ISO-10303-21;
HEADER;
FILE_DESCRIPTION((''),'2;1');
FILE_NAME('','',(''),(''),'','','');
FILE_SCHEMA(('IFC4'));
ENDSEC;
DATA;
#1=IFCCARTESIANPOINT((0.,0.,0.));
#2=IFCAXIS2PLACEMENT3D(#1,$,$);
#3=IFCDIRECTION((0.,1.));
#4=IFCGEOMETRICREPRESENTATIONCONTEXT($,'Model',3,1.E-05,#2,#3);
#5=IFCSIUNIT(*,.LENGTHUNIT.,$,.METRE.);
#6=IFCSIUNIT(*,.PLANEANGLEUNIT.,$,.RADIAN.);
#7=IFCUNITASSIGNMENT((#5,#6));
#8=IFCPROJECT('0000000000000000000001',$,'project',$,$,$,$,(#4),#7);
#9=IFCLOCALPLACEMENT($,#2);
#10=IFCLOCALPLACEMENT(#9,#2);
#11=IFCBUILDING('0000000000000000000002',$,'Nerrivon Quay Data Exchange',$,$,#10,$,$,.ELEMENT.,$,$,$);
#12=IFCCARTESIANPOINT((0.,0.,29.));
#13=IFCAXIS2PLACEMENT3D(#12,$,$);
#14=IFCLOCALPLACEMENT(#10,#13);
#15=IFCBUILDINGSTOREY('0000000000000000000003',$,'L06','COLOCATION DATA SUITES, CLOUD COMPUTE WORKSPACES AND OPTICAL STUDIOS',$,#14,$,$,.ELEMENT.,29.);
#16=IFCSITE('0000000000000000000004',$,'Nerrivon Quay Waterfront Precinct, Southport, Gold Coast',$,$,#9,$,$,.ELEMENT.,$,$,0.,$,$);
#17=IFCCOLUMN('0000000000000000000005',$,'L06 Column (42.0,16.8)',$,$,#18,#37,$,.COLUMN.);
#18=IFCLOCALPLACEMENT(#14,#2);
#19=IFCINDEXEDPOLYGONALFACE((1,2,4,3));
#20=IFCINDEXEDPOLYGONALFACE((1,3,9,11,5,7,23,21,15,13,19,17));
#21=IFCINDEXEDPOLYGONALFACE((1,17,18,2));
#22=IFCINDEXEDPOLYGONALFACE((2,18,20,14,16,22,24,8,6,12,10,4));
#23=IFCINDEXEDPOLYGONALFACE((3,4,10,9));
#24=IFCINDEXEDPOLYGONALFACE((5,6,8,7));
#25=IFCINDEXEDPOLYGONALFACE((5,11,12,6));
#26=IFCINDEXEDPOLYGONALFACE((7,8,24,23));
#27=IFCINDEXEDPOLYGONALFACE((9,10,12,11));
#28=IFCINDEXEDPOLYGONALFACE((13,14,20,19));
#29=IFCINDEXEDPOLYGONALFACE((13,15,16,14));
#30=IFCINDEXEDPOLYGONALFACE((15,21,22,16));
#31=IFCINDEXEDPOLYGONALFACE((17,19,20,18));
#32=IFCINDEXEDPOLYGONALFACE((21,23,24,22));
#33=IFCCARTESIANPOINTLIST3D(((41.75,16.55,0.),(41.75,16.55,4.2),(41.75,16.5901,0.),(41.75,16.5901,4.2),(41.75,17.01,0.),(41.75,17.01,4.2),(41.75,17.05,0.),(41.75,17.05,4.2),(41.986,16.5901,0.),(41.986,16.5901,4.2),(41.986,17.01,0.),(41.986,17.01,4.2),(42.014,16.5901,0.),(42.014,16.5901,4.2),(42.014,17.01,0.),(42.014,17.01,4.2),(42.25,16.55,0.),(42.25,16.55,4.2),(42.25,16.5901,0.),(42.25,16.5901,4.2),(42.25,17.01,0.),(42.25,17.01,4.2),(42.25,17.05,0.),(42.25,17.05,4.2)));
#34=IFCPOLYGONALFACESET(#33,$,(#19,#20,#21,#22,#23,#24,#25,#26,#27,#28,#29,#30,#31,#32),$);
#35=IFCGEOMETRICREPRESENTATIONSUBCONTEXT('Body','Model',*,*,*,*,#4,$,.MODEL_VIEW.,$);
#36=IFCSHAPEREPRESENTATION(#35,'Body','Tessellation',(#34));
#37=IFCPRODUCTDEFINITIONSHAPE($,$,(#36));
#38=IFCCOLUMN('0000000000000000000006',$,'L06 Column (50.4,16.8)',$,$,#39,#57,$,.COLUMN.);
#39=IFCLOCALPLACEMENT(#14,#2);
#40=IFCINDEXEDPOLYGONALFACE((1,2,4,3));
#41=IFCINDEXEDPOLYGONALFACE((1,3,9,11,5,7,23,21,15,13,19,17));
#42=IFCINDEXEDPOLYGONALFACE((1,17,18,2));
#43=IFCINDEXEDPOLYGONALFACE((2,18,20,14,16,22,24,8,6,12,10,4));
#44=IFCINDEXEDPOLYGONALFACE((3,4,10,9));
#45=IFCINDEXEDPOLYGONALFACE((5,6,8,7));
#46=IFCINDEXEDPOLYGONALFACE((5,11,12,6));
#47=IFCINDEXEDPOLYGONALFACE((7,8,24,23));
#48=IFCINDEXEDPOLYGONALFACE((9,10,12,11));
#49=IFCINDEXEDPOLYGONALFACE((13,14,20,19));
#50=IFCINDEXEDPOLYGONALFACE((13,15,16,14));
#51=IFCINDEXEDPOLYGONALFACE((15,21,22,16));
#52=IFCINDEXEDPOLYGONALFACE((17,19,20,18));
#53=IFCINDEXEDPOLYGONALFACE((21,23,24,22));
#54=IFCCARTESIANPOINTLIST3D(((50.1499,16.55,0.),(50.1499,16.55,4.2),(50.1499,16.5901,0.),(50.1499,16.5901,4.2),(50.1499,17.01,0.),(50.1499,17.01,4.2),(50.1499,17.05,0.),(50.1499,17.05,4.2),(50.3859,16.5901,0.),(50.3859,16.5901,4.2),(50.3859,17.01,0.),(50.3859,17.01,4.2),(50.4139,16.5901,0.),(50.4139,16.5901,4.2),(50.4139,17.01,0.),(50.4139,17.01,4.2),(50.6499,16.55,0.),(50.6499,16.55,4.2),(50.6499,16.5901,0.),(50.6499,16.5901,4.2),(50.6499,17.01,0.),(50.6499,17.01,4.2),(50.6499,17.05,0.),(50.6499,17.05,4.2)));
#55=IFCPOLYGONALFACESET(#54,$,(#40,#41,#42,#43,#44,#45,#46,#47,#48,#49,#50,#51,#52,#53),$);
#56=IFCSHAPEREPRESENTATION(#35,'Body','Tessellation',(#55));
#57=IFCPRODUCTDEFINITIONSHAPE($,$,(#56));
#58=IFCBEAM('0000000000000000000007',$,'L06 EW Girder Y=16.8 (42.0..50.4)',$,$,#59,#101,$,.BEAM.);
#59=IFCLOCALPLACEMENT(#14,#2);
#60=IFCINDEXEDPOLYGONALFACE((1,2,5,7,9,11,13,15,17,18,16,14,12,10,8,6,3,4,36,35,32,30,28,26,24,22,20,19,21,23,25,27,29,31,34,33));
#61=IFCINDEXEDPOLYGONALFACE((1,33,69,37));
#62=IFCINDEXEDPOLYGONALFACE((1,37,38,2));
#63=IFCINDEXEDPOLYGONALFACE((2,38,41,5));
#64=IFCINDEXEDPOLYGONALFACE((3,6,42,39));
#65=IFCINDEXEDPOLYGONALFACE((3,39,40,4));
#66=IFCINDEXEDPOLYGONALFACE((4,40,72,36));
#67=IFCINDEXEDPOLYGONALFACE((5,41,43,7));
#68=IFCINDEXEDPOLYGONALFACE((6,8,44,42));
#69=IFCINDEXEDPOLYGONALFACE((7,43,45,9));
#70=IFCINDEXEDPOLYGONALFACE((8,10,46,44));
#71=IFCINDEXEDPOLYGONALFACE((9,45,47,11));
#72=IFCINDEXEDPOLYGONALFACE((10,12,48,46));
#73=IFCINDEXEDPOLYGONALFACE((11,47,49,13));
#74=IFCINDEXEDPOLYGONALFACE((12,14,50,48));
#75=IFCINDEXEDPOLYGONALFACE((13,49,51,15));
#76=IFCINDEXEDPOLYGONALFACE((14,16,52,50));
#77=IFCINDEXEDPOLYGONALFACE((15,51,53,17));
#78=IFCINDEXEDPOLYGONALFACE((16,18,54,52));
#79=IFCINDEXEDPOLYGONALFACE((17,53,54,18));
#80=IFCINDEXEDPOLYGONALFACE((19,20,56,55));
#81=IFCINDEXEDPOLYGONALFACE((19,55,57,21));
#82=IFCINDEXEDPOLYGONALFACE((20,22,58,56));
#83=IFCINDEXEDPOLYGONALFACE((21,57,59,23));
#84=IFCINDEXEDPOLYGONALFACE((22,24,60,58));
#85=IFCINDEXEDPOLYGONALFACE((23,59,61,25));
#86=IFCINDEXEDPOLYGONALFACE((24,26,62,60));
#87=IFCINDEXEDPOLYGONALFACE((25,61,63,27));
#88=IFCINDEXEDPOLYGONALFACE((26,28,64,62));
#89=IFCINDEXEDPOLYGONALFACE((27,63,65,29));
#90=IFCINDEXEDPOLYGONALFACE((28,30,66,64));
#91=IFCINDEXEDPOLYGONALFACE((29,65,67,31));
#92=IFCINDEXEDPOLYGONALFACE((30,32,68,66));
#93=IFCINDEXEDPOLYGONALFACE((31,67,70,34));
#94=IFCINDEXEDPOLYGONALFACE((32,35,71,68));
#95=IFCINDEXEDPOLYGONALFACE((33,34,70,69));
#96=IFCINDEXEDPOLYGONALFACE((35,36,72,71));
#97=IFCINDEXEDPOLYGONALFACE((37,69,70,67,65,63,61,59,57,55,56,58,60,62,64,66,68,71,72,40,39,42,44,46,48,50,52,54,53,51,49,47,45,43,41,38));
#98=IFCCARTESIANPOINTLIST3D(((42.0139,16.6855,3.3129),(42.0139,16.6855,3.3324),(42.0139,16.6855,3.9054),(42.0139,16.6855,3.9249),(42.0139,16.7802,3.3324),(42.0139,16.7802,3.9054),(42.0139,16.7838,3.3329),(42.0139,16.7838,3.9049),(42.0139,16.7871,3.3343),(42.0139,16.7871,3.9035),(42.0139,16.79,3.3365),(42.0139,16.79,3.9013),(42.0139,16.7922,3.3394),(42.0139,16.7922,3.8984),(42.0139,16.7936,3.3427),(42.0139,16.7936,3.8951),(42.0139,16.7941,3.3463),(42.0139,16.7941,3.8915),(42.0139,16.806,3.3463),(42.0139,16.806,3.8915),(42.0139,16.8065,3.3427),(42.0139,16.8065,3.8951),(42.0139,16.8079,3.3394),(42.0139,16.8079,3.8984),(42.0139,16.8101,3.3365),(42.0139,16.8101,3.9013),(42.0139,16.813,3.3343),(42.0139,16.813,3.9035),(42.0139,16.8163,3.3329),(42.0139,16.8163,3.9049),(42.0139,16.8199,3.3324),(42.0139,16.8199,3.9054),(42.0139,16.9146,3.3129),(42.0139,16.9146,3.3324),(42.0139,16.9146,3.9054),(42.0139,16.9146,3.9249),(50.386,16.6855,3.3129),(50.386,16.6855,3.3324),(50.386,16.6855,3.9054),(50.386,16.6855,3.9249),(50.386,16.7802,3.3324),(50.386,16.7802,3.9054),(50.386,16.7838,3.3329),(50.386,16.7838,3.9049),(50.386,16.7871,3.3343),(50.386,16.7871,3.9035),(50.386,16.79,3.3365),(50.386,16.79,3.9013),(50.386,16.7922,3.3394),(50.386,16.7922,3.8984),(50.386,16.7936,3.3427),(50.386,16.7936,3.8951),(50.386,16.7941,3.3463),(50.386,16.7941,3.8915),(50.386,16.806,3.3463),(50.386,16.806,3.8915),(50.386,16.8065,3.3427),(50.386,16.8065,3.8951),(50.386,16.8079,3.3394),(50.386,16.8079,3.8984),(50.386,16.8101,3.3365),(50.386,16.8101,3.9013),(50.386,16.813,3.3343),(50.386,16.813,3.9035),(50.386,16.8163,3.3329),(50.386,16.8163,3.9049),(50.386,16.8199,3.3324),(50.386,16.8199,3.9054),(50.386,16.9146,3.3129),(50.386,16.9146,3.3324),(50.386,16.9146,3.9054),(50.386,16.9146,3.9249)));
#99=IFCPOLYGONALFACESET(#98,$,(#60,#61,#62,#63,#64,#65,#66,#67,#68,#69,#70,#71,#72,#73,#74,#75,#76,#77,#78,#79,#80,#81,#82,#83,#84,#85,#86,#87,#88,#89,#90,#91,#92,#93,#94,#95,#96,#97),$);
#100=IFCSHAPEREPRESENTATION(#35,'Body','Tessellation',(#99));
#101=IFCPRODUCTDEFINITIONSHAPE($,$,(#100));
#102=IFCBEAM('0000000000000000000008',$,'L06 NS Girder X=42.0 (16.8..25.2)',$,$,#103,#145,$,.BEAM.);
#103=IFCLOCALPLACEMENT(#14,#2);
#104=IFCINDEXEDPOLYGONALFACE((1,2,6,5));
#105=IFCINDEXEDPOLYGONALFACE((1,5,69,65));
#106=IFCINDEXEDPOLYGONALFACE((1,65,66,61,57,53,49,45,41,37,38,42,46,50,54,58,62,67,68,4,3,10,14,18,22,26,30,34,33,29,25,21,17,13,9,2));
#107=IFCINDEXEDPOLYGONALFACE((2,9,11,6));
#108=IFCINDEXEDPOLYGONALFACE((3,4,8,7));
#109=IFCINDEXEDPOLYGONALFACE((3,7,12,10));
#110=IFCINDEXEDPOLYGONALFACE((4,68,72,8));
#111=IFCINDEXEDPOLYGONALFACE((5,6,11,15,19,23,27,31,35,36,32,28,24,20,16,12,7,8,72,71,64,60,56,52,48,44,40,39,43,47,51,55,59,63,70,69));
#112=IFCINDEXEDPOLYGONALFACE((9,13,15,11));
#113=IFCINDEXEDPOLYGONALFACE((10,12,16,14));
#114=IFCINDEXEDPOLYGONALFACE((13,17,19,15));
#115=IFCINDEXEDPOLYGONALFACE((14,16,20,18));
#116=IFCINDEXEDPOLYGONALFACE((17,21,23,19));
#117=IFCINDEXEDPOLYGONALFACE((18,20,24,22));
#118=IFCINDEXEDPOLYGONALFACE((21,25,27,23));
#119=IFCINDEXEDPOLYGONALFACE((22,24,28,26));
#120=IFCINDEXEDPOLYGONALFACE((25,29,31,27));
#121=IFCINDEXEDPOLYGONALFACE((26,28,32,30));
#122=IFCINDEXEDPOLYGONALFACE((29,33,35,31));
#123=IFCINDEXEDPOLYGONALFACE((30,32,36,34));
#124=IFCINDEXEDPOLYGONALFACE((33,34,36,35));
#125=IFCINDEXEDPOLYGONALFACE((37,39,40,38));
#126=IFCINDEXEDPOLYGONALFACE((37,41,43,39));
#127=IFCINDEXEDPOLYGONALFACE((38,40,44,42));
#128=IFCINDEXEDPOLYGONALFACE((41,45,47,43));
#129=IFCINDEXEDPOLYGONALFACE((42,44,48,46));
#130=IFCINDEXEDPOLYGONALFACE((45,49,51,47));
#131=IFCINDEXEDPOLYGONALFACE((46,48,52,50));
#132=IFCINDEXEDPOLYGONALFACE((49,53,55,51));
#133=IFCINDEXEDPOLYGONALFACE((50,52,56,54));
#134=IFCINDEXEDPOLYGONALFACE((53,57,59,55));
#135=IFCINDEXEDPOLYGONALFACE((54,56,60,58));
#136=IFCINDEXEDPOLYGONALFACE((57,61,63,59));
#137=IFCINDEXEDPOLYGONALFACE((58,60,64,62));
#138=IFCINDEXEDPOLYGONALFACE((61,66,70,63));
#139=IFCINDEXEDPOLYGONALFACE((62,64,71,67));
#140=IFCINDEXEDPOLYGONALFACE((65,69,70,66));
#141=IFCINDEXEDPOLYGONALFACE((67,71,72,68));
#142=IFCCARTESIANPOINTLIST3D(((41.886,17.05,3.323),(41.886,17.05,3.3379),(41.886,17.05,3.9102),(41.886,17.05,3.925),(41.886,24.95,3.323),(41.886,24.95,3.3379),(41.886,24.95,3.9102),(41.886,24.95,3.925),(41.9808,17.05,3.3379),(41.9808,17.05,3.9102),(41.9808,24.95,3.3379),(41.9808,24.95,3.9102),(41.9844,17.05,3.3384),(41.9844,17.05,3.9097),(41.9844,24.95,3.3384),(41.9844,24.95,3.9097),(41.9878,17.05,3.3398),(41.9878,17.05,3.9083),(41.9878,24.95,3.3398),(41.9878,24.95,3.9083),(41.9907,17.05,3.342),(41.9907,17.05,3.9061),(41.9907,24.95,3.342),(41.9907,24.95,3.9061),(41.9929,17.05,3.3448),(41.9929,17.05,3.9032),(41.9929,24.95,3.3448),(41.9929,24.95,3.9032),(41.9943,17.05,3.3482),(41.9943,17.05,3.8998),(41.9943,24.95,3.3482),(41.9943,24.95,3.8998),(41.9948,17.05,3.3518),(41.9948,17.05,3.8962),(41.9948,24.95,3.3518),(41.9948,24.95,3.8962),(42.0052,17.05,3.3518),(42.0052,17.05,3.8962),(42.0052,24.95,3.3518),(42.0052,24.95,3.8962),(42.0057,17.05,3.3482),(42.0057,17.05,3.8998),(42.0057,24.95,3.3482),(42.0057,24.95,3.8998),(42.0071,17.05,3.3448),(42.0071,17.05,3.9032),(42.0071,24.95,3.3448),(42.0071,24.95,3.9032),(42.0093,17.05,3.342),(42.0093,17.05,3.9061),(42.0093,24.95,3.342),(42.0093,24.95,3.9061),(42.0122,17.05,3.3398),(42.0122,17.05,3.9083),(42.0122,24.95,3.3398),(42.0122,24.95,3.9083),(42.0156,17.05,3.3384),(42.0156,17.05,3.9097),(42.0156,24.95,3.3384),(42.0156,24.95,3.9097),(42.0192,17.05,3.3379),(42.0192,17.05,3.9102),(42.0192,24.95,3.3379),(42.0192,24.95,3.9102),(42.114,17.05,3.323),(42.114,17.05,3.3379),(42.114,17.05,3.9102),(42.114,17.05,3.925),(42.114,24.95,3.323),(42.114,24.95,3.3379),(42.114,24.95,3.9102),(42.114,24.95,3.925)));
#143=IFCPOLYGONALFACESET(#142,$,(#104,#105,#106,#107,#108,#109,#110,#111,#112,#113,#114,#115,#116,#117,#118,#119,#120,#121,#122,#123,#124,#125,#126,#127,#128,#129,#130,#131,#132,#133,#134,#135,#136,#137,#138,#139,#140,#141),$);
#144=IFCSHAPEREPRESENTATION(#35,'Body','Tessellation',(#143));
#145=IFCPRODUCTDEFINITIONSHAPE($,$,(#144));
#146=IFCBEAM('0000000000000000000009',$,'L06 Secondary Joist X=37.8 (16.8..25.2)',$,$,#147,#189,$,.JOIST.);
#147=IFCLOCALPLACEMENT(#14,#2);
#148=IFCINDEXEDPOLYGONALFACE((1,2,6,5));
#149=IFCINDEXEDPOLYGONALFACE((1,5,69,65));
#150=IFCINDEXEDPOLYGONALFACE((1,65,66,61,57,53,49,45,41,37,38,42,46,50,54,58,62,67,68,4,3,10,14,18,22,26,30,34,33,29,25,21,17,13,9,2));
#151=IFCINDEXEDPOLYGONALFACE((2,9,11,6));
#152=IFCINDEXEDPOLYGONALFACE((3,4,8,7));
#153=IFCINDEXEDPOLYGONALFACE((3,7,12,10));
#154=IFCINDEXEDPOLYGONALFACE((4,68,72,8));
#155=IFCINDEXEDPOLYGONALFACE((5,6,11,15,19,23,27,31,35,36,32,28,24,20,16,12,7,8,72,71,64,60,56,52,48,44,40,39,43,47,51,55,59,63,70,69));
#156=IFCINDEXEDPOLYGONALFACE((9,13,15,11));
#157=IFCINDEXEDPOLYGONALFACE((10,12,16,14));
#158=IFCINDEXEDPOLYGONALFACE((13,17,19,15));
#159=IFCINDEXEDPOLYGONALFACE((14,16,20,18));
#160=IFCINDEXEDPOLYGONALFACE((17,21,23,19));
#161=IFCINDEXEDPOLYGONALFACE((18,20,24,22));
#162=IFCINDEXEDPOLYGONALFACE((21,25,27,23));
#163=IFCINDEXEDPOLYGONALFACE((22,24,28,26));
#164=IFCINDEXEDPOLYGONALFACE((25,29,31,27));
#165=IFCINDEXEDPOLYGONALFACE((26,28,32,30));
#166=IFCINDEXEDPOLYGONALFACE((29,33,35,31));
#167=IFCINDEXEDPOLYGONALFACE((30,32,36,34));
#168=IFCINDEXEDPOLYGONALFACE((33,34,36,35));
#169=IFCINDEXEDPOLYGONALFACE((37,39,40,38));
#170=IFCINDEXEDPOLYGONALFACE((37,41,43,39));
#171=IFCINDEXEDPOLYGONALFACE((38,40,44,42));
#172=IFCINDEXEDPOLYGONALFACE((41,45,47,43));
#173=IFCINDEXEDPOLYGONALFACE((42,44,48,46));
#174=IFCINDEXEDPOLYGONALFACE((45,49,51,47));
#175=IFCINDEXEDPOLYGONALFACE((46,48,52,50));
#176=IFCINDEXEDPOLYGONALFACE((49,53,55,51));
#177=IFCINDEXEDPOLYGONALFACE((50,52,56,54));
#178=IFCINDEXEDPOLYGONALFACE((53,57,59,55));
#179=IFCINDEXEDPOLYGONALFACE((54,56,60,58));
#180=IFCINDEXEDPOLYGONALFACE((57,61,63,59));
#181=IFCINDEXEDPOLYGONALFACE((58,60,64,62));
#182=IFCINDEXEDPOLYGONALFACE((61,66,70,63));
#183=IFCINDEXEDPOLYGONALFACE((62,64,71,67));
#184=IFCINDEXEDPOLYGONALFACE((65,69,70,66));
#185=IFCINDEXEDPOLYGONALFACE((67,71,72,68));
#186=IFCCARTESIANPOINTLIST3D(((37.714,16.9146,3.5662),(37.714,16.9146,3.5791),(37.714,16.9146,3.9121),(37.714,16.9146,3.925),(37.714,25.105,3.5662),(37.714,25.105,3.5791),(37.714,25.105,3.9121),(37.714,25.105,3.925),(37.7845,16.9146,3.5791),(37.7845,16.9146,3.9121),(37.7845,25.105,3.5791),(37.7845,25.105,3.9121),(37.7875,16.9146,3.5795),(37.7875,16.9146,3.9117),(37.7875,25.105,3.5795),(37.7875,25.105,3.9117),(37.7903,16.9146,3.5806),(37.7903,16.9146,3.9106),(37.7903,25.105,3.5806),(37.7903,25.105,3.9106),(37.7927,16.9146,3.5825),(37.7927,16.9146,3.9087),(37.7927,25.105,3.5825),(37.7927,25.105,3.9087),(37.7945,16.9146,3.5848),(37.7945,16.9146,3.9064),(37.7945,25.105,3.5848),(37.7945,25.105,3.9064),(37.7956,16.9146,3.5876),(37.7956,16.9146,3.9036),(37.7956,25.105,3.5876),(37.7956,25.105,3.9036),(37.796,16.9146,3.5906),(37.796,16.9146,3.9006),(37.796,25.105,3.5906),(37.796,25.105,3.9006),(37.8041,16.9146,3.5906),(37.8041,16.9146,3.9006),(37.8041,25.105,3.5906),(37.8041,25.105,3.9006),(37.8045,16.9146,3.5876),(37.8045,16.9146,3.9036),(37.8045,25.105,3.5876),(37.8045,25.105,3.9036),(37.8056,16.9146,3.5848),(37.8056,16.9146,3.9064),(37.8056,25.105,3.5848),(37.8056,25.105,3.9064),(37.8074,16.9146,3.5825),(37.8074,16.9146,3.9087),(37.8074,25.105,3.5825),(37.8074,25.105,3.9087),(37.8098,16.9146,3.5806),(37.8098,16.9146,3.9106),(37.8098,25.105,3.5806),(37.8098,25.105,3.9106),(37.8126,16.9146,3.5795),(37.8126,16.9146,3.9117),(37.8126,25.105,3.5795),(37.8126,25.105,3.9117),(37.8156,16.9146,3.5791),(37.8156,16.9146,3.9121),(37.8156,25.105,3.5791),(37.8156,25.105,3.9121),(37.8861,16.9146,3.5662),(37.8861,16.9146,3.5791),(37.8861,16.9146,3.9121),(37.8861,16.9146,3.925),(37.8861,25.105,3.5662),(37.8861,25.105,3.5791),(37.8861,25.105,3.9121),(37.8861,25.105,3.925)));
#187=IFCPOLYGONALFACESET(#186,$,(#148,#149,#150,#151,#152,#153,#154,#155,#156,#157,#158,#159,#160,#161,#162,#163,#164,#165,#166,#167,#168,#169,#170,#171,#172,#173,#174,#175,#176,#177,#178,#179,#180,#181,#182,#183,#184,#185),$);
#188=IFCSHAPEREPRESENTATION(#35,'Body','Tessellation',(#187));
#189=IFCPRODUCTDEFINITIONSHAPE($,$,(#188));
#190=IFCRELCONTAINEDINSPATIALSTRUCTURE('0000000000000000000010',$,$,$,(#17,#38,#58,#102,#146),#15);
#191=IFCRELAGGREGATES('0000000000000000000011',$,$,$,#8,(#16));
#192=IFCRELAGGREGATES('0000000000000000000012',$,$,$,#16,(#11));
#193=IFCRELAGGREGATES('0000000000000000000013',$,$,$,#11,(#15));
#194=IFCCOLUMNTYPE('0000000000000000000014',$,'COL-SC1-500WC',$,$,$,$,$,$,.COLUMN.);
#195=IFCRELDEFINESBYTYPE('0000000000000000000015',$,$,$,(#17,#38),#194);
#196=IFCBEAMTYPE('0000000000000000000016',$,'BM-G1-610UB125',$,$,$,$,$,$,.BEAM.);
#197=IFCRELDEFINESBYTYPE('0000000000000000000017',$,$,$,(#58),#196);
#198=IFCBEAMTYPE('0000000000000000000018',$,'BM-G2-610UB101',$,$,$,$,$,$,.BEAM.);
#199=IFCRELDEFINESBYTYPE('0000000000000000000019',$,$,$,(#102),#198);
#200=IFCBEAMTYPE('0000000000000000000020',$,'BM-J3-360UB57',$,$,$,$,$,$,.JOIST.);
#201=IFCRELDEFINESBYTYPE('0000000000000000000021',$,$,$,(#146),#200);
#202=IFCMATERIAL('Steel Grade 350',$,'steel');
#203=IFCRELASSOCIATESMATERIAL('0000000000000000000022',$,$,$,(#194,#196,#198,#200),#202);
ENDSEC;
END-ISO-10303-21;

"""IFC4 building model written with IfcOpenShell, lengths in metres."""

from ifc_helpers import new_model, si_unit, direction, frame, origin, origin_2d, place, context, subcontext, project, spatial, i_section, extrude, material, material_profile, profile_set, type_object, element, save


model = new_model("IFC4")

# Units and contexts
model_context = context("Model", 3, precision=1e-05, world=origin(), true_north=direction((0.0, 1.0)))
body_context = subcontext(model_context, "Body", "Model", "MODEL_VIEW")
ifc_project = project(units=[si_unit("LENGTHUNIT", "METRE"), si_unit("PLANEANGLEUNIT", "RADIAN")], contexts=[model_context])

# Site, building, storey
site_placement = place(None, origin())
site = spatial("IfcSite", under=ifc_project, at=site_placement, Name="Nerrivon Quay Waterfront Precinct, Southport, Gold Coast", CompositionType="ELEMENT", RefElevation=0.0)
building_placement = place(site_placement, origin())
building = spatial("IfcBuilding", under=site, at=building_placement, Name="Nerrivon Quay Data Exchange", CompositionType="ELEMENT")
storey_placement = place(building_placement, frame((0.0, 0.0, 29.0)))
storey = spatial("IfcBuildingStorey", under=building, at=storey_placement, Name="L06", Description="COLOCATION DATA SUITES, CLOUD COMPUTE WORKSPACES AND OPTICAL STUDIOS", CompositionType="ELEMENT", Elevation=29.0)

# Columns
ifc_material_1 = material(Name="Steel Grade 350", Category="steel")
ifc_material_profile_1 = material_profile(ifc_material_1, i_section(OverallWidth=0.5, OverallDepth=0.5, WebThickness=0.0281, FlangeThickness=0.04, at=origin_2d()), Name="500WC440")
ifc_profile_set_1 = profile_set([ifc_material_profile_1], Name="Steel Grade 350")
column_type = type_object("IfcColumnType", Name="COL-SC1-500WC", PredefinedType="COLUMN", material=ifc_profile_set_1)
for number, where, z_axis, x_axis, name in (
    (1, (42.0, 16.8, 0.0), (0.0, 0.0, 1.0), (1.0, 0.0, 0.0), "L06 Column (42.0,16.8)"),
    (2, (50.3999, 16.8, 0.0), (0.0, 0.0, 1.0), (1.0, 0.0, 0.0), "L06 Column (50.4,16.8)"),
):
    element("IfcColumn", number, at=place(storey_placement, frame(where, z_axis=z_axis, x_axis=x_axis)), inside=storey, type_object=column_type, Name=name, PredefinedType="COLUMN", context=body_context, shape_type="SweptSolid", body=[
        extrude(i_section(OverallWidth=0.5, OverallDepth=0.5, WebThickness=0.0281, FlangeThickness=0.04, at=origin_2d()), origin(), (0.0, 0.0, 1.0), 4.2),
    ])

# Beams
ifc_material_profile_2 = material_profile(ifc_material_1, i_section(OverallWidth=0.229, OverallDepth=0.6121, WebThickness=0.012, FlangeThickness=0.0195, FilletRadius=0.0139, at=origin_2d()), Name="610UB125")
ifc_profile_set_2 = profile_set([ifc_material_profile_2], Name="Steel Grade 350")
beam_type_1 = type_object("IfcBeamType", Name="BM-G1-610UB125", PredefinedType="BEAM", material=ifc_profile_set_2)
beam_1_placement = place(storey_placement, frame((42.0139, 16.8, 3.6189), z_axis=(1.0, 0.0, 0.0), x_axis=(0.0, 1.0, 0.0)))
element("IfcBeam", 3, at=beam_1_placement, inside=storey, type_object=beam_type_1, Name="L06 EW Girder Y=16.8 (42.0..50.4)", PredefinedType="BEAM", context=body_context, shape_type="SweptSolid", body=[
    extrude(i_section(OverallWidth=0.229, OverallDepth=0.6121, WebThickness=0.012, FlangeThickness=0.0195, FilletRadius=0.0139, at=origin_2d()), origin(), (0.0, 0.0, 1.0), 8.3721),
])
ifc_material_profile_3 = material_profile(ifc_material_1, i_section(OverallWidth=0.228, OverallDepth=0.6021, WebThickness=0.0105, FlangeThickness=0.0149, FilletRadius=0.0139, at=origin_2d()), Name="610UB101")
ifc_profile_set_3 = profile_set([ifc_material_profile_3], Name="Steel Grade 350")
beam_type_2 = type_object("IfcBeamType", Name="BM-G2-610UB101", PredefinedType="BEAM", material=ifc_profile_set_3)
beam_2_placement = place(storey_placement, frame((42.0, 17.05, 3.624), z_axis=(0.0, 1.0, 0.0), x_axis=(-1.0, 0.0, 0.0)))
element("IfcBeam", 4, at=beam_2_placement, inside=storey, type_object=beam_type_2, Name="L06 NS Girder X=42.0 (16.8..25.2)", PredefinedType="BEAM", context=body_context, shape_type="SweptSolid", body=[
    extrude(i_section(OverallWidth=0.228, OverallDepth=0.6021, WebThickness=0.0105, FlangeThickness=0.0149, FilletRadius=0.0139, at=origin_2d()), origin(), (0.0, 0.0, 1.0), 7.8999),
])
ifc_material_profile_4 = material_profile(ifc_material_1, i_section(OverallWidth=0.1721, OverallDepth=0.3589, WebThickness=0.0081, FlangeThickness=0.0129, FilletRadius=0.0115, at=origin_2d()), Name="360UB56.7")
ifc_profile_set_4 = profile_set([ifc_material_profile_4], Name="Steel Grade 350")
beam_type_3 = type_object("IfcBeamType", Name="BM-J3-360UB57", PredefinedType="JOIST", material=ifc_profile_set_4)
for number, where, z_axis, x_axis, name in (
    (5, (37.8, 16.9146, 3.7456), (0.0, 1.0, 0.0), (-1.0, 0.0, 0.0), "L06 Secondary Joist X=37.8 (16.8..25.2)"),
):
    element("IfcBeam", number, at=place(storey_placement, frame(where, z_axis=z_axis, x_axis=x_axis)), inside=storey, type_object=beam_type_3, Name=name, PredefinedType="JOIST", context=body_context, shape_type="SweptSolid", body=[
        extrude(i_section(OverallWidth=0.1721, OverallDepth=0.3589, WebThickness=0.0081, FlangeThickness=0.0129, FilletRadius=0.0115, at=origin_2d()), origin(), (0.0, 0.0, 1.0), 8.1904),
    ])

save(model, "model.ifc")
